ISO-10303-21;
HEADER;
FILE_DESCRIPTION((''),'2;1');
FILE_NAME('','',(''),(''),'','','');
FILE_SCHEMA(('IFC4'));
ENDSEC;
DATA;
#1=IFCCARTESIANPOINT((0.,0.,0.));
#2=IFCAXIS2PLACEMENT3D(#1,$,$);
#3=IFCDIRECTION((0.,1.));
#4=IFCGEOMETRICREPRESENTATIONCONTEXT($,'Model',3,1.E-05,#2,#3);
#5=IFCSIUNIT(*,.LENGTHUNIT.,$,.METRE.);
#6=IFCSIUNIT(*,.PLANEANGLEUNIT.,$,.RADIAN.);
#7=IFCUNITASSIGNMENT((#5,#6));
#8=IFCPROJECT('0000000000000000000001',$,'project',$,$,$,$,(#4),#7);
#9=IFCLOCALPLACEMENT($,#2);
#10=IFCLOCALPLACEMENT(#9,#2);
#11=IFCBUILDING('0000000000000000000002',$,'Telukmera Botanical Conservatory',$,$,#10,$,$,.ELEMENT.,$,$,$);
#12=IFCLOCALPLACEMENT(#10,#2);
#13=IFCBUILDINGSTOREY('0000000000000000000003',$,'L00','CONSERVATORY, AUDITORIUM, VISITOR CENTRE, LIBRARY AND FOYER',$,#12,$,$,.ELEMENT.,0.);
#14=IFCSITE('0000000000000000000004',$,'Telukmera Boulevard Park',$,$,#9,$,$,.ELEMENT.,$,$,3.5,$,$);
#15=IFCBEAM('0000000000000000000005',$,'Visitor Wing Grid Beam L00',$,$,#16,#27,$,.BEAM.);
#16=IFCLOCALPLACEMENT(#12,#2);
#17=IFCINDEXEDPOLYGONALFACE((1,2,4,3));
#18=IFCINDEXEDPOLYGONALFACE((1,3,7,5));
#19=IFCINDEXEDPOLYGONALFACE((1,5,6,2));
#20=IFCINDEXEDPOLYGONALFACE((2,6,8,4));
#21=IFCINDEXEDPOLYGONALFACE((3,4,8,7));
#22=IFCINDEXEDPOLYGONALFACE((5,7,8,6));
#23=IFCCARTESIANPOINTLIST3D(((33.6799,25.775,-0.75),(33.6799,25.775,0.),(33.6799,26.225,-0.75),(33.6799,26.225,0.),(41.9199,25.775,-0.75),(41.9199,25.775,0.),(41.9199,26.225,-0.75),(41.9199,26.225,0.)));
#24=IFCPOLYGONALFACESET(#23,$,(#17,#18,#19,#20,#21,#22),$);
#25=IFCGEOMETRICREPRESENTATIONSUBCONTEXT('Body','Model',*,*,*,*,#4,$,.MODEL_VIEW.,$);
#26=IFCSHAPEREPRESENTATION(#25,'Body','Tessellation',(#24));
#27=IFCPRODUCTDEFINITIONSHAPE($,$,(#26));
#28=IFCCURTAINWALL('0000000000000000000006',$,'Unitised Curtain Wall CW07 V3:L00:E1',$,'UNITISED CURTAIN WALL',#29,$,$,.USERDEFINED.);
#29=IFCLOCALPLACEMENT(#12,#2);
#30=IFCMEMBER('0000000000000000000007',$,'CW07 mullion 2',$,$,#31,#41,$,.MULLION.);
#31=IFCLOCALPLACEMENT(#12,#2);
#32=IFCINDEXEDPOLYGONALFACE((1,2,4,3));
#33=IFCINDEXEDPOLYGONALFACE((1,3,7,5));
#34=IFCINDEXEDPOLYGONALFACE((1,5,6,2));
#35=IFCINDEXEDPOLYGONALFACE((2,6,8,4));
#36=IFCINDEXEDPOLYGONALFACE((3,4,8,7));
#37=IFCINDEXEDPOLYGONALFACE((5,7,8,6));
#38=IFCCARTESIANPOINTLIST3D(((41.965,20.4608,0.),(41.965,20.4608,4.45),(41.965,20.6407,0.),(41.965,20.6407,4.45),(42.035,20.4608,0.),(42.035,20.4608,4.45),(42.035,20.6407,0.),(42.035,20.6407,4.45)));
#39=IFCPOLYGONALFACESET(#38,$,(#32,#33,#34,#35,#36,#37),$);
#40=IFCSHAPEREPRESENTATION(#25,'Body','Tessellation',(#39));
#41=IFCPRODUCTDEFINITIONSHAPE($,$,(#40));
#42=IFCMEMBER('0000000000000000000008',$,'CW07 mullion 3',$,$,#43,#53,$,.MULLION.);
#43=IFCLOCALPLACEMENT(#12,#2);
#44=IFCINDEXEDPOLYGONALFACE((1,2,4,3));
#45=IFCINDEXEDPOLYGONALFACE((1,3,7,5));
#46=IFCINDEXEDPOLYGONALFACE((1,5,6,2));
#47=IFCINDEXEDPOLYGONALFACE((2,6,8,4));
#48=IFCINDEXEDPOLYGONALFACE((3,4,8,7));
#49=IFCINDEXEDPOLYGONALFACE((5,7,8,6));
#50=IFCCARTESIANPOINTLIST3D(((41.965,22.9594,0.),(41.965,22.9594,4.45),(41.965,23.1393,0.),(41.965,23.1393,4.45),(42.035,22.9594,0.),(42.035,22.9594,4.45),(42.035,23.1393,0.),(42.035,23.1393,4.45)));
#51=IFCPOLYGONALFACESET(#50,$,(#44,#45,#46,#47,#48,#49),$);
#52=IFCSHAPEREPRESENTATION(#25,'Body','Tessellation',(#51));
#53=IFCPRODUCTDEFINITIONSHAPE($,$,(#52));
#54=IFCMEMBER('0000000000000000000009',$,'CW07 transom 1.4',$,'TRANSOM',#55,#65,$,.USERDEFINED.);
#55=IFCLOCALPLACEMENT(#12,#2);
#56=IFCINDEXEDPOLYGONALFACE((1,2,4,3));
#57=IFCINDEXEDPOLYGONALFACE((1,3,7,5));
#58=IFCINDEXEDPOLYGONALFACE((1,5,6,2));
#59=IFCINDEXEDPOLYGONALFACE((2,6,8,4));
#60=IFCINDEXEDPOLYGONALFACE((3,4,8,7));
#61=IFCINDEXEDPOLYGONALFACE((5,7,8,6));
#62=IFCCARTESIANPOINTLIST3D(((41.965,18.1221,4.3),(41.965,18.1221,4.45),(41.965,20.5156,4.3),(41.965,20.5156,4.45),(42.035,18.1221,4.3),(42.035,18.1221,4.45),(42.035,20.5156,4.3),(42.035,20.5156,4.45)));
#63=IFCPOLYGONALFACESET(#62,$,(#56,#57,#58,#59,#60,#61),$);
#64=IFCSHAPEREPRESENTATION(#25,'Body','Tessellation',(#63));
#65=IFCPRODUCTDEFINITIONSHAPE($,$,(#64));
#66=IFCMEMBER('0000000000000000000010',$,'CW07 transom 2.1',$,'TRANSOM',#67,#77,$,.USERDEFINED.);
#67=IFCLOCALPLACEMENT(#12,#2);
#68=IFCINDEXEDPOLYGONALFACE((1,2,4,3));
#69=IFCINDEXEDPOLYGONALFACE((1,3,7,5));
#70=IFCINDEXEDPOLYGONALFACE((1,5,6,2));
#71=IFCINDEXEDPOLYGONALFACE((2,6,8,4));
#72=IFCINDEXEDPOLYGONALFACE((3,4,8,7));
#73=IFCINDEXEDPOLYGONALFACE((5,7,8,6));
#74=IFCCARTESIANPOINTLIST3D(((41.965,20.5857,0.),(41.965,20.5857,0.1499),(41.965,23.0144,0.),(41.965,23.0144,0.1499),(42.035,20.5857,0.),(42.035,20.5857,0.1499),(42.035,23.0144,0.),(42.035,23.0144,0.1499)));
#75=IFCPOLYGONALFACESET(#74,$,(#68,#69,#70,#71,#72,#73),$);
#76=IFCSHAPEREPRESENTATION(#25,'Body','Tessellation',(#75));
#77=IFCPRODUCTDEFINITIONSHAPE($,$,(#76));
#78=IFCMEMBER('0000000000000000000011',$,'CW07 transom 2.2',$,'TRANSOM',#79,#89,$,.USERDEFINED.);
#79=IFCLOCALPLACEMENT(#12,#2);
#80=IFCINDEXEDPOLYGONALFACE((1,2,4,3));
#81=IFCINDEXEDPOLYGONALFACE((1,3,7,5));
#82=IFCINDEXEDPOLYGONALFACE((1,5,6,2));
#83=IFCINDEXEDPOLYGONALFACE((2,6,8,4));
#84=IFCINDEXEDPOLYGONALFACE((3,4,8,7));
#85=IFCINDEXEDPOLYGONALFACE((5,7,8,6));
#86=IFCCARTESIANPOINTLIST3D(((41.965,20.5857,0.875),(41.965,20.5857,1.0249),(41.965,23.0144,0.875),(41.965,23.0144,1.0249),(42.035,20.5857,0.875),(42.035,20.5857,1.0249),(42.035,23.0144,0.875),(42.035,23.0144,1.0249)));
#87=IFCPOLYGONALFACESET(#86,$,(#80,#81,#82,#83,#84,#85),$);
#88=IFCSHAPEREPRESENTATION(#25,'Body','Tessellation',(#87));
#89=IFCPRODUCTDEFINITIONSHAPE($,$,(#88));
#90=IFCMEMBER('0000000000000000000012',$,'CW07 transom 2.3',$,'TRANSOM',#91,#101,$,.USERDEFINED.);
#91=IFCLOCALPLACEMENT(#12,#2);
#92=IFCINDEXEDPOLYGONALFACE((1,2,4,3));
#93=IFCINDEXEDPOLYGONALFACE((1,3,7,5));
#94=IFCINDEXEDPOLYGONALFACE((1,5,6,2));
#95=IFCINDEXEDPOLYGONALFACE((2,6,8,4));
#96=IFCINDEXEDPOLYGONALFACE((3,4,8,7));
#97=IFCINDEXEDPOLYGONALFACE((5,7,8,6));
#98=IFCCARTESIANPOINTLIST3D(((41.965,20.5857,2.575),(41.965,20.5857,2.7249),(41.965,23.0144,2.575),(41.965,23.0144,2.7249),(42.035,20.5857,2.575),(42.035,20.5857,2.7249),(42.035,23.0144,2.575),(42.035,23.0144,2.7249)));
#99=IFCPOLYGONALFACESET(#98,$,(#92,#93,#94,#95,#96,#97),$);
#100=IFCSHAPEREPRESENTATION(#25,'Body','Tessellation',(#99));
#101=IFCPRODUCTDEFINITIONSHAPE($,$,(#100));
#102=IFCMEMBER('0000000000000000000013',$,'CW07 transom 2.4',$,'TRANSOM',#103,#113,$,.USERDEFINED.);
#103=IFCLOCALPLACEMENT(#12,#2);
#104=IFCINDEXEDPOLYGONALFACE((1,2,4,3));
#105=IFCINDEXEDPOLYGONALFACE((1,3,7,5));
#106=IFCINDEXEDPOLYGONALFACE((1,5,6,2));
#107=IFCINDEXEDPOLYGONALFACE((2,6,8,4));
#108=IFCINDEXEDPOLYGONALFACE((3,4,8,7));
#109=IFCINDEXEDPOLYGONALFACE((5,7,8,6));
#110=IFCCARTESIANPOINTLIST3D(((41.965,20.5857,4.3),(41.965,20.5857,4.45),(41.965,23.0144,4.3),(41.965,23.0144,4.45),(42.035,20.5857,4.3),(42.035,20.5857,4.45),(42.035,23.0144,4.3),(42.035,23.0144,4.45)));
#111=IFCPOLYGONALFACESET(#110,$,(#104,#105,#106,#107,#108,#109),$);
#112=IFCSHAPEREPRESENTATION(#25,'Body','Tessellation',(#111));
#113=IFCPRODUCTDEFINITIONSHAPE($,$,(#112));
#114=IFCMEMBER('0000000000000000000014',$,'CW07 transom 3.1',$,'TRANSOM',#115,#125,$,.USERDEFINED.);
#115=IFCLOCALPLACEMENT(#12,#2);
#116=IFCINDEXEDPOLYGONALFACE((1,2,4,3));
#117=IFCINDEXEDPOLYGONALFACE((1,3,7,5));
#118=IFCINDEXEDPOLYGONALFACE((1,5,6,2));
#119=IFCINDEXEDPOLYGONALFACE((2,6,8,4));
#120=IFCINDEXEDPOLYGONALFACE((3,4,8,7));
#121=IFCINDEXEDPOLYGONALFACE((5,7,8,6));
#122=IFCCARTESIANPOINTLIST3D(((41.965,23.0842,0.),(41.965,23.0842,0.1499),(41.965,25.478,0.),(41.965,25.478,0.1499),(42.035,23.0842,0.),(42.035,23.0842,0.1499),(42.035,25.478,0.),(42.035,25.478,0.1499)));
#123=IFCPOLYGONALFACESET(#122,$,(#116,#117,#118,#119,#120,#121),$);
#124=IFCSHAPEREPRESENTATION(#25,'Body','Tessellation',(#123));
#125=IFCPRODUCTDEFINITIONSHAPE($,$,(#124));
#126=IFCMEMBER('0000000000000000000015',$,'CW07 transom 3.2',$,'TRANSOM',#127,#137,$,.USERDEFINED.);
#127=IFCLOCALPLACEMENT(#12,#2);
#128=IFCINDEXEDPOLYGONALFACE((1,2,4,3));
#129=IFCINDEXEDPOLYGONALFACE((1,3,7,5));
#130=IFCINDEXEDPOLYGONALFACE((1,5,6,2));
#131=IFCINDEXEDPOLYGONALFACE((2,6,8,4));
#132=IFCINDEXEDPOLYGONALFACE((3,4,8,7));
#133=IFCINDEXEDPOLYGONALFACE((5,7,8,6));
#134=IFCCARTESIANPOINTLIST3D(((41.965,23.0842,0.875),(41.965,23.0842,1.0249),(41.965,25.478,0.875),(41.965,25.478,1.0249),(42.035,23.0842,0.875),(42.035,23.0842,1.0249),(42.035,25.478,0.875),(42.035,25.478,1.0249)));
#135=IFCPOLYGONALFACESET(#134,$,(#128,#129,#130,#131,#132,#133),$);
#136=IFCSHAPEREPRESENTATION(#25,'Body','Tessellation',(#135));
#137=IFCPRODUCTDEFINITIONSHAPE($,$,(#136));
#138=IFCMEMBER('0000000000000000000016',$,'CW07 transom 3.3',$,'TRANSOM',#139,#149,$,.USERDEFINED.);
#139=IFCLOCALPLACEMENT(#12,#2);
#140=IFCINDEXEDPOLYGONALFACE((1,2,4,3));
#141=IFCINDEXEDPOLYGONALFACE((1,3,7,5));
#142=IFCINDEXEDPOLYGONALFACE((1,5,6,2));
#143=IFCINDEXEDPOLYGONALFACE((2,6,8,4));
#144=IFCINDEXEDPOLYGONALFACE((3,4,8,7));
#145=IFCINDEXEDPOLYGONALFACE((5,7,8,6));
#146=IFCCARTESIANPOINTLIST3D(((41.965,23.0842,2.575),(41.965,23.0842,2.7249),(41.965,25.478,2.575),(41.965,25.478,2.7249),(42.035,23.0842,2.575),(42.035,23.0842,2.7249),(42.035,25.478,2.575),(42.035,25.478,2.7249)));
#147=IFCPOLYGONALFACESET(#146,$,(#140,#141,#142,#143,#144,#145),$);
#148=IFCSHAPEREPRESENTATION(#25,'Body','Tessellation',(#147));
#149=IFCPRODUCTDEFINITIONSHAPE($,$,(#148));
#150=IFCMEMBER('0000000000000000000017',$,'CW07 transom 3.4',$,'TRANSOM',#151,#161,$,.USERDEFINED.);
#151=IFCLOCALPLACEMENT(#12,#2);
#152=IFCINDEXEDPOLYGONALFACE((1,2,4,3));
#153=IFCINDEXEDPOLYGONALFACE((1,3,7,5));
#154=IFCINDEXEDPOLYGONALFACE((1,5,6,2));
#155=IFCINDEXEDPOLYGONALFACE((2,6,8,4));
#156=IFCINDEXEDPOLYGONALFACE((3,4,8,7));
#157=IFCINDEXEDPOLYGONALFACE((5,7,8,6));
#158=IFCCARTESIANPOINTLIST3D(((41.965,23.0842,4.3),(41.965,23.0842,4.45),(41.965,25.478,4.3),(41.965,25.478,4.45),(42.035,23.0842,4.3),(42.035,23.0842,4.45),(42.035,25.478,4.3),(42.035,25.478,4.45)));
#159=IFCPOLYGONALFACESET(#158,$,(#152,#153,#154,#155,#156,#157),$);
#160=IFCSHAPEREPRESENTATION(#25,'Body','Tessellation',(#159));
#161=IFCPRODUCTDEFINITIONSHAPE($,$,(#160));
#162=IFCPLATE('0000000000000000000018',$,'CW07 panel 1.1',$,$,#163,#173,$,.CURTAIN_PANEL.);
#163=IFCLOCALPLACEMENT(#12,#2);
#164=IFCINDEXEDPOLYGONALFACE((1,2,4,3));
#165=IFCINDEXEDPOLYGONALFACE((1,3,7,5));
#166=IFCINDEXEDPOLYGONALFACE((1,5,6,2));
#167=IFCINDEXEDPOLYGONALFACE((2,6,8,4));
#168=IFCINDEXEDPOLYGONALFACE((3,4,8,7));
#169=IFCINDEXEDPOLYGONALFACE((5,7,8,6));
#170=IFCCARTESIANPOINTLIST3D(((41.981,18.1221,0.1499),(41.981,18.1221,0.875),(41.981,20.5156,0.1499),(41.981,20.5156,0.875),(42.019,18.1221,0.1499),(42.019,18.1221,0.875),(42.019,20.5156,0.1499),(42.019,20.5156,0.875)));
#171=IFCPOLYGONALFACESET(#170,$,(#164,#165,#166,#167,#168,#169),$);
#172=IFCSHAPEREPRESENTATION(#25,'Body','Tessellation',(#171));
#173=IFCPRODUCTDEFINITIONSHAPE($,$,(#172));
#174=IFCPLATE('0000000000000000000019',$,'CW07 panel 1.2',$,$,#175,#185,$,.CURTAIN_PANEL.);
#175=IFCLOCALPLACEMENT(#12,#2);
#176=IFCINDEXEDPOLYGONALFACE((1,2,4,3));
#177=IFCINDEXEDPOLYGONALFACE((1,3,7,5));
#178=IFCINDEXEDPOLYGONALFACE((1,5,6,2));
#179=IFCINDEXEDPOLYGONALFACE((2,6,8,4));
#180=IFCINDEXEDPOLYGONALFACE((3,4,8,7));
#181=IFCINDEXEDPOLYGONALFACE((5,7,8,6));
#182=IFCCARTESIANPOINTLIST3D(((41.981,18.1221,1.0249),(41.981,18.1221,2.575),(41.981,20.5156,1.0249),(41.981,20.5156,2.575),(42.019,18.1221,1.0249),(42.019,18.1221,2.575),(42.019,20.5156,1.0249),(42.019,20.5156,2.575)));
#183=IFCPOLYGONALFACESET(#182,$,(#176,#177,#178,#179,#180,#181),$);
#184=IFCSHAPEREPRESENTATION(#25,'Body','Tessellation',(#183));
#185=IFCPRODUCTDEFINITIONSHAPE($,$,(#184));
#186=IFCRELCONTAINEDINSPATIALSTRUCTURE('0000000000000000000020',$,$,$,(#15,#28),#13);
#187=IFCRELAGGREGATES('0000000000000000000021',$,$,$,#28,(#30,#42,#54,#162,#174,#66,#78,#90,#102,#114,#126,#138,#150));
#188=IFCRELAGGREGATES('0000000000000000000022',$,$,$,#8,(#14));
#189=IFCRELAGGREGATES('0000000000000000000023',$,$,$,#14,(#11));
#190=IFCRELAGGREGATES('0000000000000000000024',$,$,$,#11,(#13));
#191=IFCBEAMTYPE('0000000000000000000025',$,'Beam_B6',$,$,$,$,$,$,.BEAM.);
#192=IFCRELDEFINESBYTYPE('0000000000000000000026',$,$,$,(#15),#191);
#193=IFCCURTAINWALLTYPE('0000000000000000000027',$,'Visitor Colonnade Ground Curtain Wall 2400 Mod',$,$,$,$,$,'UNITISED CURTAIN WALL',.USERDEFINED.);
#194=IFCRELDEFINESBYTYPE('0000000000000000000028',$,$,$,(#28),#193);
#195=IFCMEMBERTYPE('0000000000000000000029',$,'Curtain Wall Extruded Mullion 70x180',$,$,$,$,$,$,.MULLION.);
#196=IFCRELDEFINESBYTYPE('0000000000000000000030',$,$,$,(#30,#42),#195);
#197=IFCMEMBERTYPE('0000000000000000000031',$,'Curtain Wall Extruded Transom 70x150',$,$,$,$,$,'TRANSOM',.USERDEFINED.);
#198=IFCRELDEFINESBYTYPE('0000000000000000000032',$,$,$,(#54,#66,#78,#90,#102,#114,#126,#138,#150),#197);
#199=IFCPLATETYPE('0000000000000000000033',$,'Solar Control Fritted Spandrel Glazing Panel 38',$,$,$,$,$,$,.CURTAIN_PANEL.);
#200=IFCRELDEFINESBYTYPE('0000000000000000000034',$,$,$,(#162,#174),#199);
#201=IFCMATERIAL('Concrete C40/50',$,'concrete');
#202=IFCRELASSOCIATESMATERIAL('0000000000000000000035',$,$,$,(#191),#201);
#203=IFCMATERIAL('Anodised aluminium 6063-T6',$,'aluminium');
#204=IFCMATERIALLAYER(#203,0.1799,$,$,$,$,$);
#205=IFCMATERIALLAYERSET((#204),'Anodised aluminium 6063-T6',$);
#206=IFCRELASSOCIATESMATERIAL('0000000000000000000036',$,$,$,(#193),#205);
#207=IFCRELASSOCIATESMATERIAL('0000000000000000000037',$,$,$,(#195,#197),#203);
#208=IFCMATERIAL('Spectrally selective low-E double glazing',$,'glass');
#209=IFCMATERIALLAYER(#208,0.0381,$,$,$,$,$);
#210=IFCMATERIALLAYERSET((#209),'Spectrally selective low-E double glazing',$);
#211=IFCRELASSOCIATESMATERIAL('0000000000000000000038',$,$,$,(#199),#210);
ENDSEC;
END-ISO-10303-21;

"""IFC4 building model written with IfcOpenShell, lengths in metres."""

from ifc_helpers import new_model, si_unit, direction, frame, origin, origin_2d, place, context, subcontext, project, spatial, rectangle, extrude, material, layer, layer_set, material_profile, profile_set, type_object, element, aggregate, save


model = new_model("IFC4")

# Units and contexts
model_context = context("Model", 3, precision=1e-05, world=origin(), true_north=direction((0.0, 1.0)))
body_context = subcontext(model_context, "Body", "Model", "MODEL_VIEW")
ifc_project = project(units=[si_unit("LENGTHUNIT", "METRE"), si_unit("PLANEANGLEUNIT", "RADIAN")], contexts=[model_context])

# Site, building, storey
site_placement = place(None, origin())
site = spatial("IfcSite", under=ifc_project, at=site_placement, Name="Telukmera Boulevard Park", CompositionType="ELEMENT", RefElevation=3.5)
building_placement = place(site_placement, origin())
building = spatial("IfcBuilding", under=site, at=building_placement, Name="Telukmera Botanical Conservatory", CompositionType="ELEMENT")
storey_placement = place(building_placement, origin())
storey = spatial("IfcBuildingStorey", under=building, at=storey_placement, Name="L00", Description="CONSERVATORY, AUDITORIUM, VISITOR CENTRE, LIBRARY AND FOYER", CompositionType="ELEMENT", Elevation=0.0)

# Beam
ifc_material_1 = material(Name="Concrete C40/50", Category="concrete")
ifc_material_profile_1 = material_profile(ifc_material_1, rectangle(XDim=0.45, YDim=0.75, at=origin_2d()), Name="RC 450x750")
ifc_profile_set_1 = profile_set([ifc_material_profile_1], Name="Concrete C40/50")
beam_type = type_object("IfcBeamType", Name="Beam_B6", PredefinedType="BEAM", material=ifc_profile_set_1)
beam_placement = place(storey_placement, frame((33.6799, 26.0, -0.375), z_axis=(1.0, 0.0, 0.0), x_axis=(0.0, 1.0, 0.0)))
element("IfcBeam", 1, at=beam_placement, inside=storey, type_object=beam_type, Name="Visitor Wing Grid Beam L00", PredefinedType="BEAM", context=body_context, shape_type="SweptSolid", body=[
    extrude(rectangle(XDim=0.45, YDim=0.75, at=origin_2d()), origin(), (0.0, 0.0, 1.0), 8.24),
])

# Curtain wall, members, plates
ifc_material_2 = material(Name="Anodised aluminium 6063-T6", Category="aluminium")
ifc_layer_1 = layer(ifc_material_2, 0.1799)
ifc_layer_set_1 = layer_set([ifc_layer_1], Name="Anodised aluminium 6063-T6")
curtain_wall_type = type_object("IfcCurtainWallType", Name="Visitor Colonnade Ground Curtain Wall 2400 Mod", ElementType="UNITISED CURTAIN WALL", PredefinedType="USERDEFINED", material=ifc_layer_set_1)
curtain_wall_placement = place(storey_placement, origin())
curtain_wall = element("IfcCurtainWall", 2, at=curtain_wall_placement, inside=storey, type_object=curtain_wall_type, Name="Unitised Curtain Wall CW07 V3:L00:E1", ObjectType="UNITISED CURTAIN WALL", PredefinedType="USERDEFINED")
ifc_material_profile_2 = material_profile(ifc_material_2, rectangle(XDim=0.0701, YDim=0.1799, at=origin_2d()), Name="ALU MULL 70x180")
ifc_profile_set_2 = profile_set([ifc_material_profile_2], Name="Anodised aluminium 6063-T6")
member_type_1 = type_object("IfcMemberType", Name="Curtain Wall Extruded Mullion 70x180", PredefinedType="MULLION", material=ifc_profile_set_2)
member_1_placement = place(storey_placement, frame((42.0, 20.5508, 0.0), z_axis=(0.0, 0.0, 1.0), x_axis=(-1.0, 0.0, 0.0)))
member_1 = element("IfcMember", 3, at=member_1_placement, type_object=member_type_1, Name="CW07 mullion 2", PredefinedType="MULLION", context=body_context, shape_type="SweptSolid", body=[
    extrude(rectangle(XDim=0.0701, YDim=0.1799, at=origin_2d()), origin(), (0.0, 0.0, 1.0), 4.45),
])
member_2_placement = place(storey_placement, frame((42.0, 23.0493, 0.0), z_axis=(0.0, 0.0, 1.0), x_axis=(-1.0, 0.0, 0.0)))
member_2 = element("IfcMember", 4, at=member_2_placement, type_object=member_type_1, Name="CW07 mullion 3", PredefinedType="MULLION", context=body_context, shape_type="SweptSolid", body=[
    extrude(rectangle(XDim=0.0701, YDim=0.1799, at=origin_2d()), origin(), (0.0, 0.0, 1.0), 4.45),
])
ifc_material_profile_3 = material_profile(ifc_material_2, rectangle(XDim=0.0701, YDim=0.1499, at=origin_2d()), Name="ALU TRAN 70x150")
ifc_profile_set_3 = profile_set([ifc_material_profile_3], Name="Anodised aluminium 6063-T6")
member_type_2 = type_object("IfcMemberType", Name="Curtain Wall Extruded Transom 70x150", ElementType="TRANSOM", PredefinedType="USERDEFINED", material=ifc_profile_set_3)
member_3_placement = place(storey_placement, frame((42.0, 18.1221, 4.375), z_axis=(0.0, 1.0, 0.0), x_axis=(-1.0, 0.0, 0.0)))
member_3 = element("IfcMember", 5, at=member_3_placement, type_object=member_type_2, Name="CW07 transom 1.4", ObjectType="TRANSOM", PredefinedType="USERDEFINED", context=body_context, shape_type="SweptSolid", body=[
    extrude(rectangle(XDim=0.0701, YDim=0.1499, at=origin_2d()), origin(), (0.0, 0.0, 1.0), 2.3936),
])
member_4_placement = place(storey_placement, frame((42.0, 20.5857, 0.075), z_axis=(0.0, 1.0, 0.0), x_axis=(-1.0, 0.0, 0.0)))
member_4 = element("IfcMember", 6, at=member_4_placement, type_object=member_type_2, Name="CW07 transom 2.1", ObjectType="TRANSOM", PredefinedType="USERDEFINED", context=body_context, shape_type="SweptSolid", body=[
    extrude(rectangle(XDim=0.0701, YDim=0.1499, at=origin_2d()), origin(), (0.0, 0.0, 1.0), 2.4287),
])
member_5_placement = place(storey_placement, frame((42.0, 20.5857, 0.95), z_axis=(0.0, 1.0, 0.0), x_axis=(-1.0, 0.0, 0.0)))
member_5 = element("IfcMember", 7, at=member_5_placement, type_object=member_type_2, Name="CW07 transom 2.2", ObjectType="TRANSOM", PredefinedType="USERDEFINED", context=body_context, shape_type="SweptSolid", body=[
    extrude(rectangle(XDim=0.0701, YDim=0.1499, at=origin_2d()), origin(), (0.0, 0.0, 1.0), 2.4287),
])
member_6_placement = place(storey_placement, frame((42.0, 20.5857, 2.6499), z_axis=(0.0, 1.0, 0.0), x_axis=(-1.0, 0.0, 0.0)))
member_6 = element("IfcMember", 8, at=member_6_placement, type_object=member_type_2, Name="CW07 transom 2.3", ObjectType="TRANSOM", PredefinedType="USERDEFINED", context=body_context, shape_type="SweptSolid", body=[
    extrude(rectangle(XDim=0.0701, YDim=0.1499, at=origin_2d()), origin(), (0.0, 0.0, 1.0), 2.4287),
])
member_7_placement = place(storey_placement, frame((42.0, 20.5857, 4.375), z_axis=(0.0, 1.0, 0.0), x_axis=(-1.0, 0.0, 0.0)))
member_7 = element("IfcMember", 9, at=member_7_placement, type_object=member_type_2, Name="CW07 transom 2.4", ObjectType="TRANSOM", PredefinedType="USERDEFINED", context=body_context, shape_type="SweptSolid", body=[
    extrude(rectangle(XDim=0.0701, YDim=0.1499, at=origin_2d()), origin(), (0.0, 0.0, 1.0), 2.4287),
])
member_8_placement = place(storey_placement, frame((42.0, 23.0842, 0.075), z_axis=(0.0, 1.0, 0.0), x_axis=(-1.0, 0.0, 0.0)))
member_8 = element("IfcMember", 10, at=member_8_placement, type_object=member_type_2, Name="CW07 transom 3.1", ObjectType="TRANSOM", PredefinedType="USERDEFINED", context=body_context, shape_type="SweptSolid", body=[
    extrude(rectangle(XDim=0.0701, YDim=0.1499, at=origin_2d()), origin(), (0.0, 0.0, 1.0), 2.3938),
])
member_9_placement = place(storey_placement, frame((42.0, 23.0842, 0.95), z_axis=(0.0, 1.0, 0.0), x_axis=(-1.0, 0.0, 0.0)))
member_9 = element("IfcMember", 11, at=member_9_placement, type_object=member_type_2, Name="CW07 transom 3.2", ObjectType="TRANSOM", PredefinedType="USERDEFINED", context=body_context, shape_type="SweptSolid", body=[
    extrude(rectangle(XDim=0.0701, YDim=0.1499, at=origin_2d()), origin(), (0.0, 0.0, 1.0), 2.3938),
])
member_10_placement = place(storey_placement, frame((42.0, 23.0842, 2.6499), z_axis=(0.0, 1.0, 0.0), x_axis=(-1.0, 0.0, 0.0)))
member_10 = element("IfcMember", 12, at=member_10_placement, type_object=member_type_2, Name="CW07 transom 3.3", ObjectType="TRANSOM", PredefinedType="USERDEFINED", context=body_context, shape_type="SweptSolid", body=[
    extrude(rectangle(XDim=0.0701, YDim=0.1499, at=origin_2d()), origin(), (0.0, 0.0, 1.0), 2.3938),
])
member_11_placement = place(storey_placement, frame((42.0, 23.0842, 4.375), z_axis=(0.0, 1.0, 0.0), x_axis=(-1.0, 0.0, 0.0)))
member_11 = element("IfcMember", 13, at=member_11_placement, type_object=member_type_2, Name="CW07 transom 3.4", ObjectType="TRANSOM", PredefinedType="USERDEFINED", context=body_context, shape_type="SweptSolid", body=[
    extrude(rectangle(XDim=0.0701, YDim=0.1499, at=origin_2d()), origin(), (0.0, 0.0, 1.0), 2.3938),
])
ifc_material_3 = material(Name="Spectrally selective low-E double glazing", Category="glass")
ifc_layer_2 = layer(ifc_material_3, 0.0381)
ifc_layer_set_2 = layer_set([ifc_layer_2], Name="Spectrally selective low-E double glazing")
plate_type = type_object("IfcPlateType", Name="Solar Control Fritted Spandrel Glazing Panel 38", PredefinedType="CURTAIN_PANEL", material=ifc_layer_set_2)
plate_1_placement = place(storey_placement, frame((42.0, 19.3188, 0.1499), z_axis=(0.0, 0.0, 1.0), x_axis=(0.0, 1.0, 0.0)))
plate_1 = element("IfcPlate", 14, at=plate_1_placement, type_object=plate_type, Name="CW07 panel 1.1", PredefinedType="CURTAIN_PANEL", context=body_context, shape_type="SweptSolid", body=[
    extrude(rectangle(XDim=2.3936, YDim=0.0381, at=origin_2d()), origin(), (0.0, 0.0, 1.0), 0.7251),
])
plate_2_placement = place(storey_placement, frame((42.0, 19.3188, 1.0249), z_axis=(0.0, 0.0, 1.0), x_axis=(0.0, 1.0, 0.0)))
plate_2 = element("IfcPlate", 15, at=plate_2_placement, type_object=plate_type, Name="CW07 panel 1.2", PredefinedType="CURTAIN_PANEL", context=body_context, shape_type="SweptSolid", body=[
    extrude(rectangle(XDim=2.3936, YDim=0.0381, at=origin_2d()), origin(), (0.0, 0.0, 1.0), 1.55),
])
aggregate(curtain_wall, [member_1, member_2, member_3, plate_1, plate_2, member_4, member_5, member_6, member_7, member_8, member_9, member_10, member_11])

save(model, "model.ifc")
